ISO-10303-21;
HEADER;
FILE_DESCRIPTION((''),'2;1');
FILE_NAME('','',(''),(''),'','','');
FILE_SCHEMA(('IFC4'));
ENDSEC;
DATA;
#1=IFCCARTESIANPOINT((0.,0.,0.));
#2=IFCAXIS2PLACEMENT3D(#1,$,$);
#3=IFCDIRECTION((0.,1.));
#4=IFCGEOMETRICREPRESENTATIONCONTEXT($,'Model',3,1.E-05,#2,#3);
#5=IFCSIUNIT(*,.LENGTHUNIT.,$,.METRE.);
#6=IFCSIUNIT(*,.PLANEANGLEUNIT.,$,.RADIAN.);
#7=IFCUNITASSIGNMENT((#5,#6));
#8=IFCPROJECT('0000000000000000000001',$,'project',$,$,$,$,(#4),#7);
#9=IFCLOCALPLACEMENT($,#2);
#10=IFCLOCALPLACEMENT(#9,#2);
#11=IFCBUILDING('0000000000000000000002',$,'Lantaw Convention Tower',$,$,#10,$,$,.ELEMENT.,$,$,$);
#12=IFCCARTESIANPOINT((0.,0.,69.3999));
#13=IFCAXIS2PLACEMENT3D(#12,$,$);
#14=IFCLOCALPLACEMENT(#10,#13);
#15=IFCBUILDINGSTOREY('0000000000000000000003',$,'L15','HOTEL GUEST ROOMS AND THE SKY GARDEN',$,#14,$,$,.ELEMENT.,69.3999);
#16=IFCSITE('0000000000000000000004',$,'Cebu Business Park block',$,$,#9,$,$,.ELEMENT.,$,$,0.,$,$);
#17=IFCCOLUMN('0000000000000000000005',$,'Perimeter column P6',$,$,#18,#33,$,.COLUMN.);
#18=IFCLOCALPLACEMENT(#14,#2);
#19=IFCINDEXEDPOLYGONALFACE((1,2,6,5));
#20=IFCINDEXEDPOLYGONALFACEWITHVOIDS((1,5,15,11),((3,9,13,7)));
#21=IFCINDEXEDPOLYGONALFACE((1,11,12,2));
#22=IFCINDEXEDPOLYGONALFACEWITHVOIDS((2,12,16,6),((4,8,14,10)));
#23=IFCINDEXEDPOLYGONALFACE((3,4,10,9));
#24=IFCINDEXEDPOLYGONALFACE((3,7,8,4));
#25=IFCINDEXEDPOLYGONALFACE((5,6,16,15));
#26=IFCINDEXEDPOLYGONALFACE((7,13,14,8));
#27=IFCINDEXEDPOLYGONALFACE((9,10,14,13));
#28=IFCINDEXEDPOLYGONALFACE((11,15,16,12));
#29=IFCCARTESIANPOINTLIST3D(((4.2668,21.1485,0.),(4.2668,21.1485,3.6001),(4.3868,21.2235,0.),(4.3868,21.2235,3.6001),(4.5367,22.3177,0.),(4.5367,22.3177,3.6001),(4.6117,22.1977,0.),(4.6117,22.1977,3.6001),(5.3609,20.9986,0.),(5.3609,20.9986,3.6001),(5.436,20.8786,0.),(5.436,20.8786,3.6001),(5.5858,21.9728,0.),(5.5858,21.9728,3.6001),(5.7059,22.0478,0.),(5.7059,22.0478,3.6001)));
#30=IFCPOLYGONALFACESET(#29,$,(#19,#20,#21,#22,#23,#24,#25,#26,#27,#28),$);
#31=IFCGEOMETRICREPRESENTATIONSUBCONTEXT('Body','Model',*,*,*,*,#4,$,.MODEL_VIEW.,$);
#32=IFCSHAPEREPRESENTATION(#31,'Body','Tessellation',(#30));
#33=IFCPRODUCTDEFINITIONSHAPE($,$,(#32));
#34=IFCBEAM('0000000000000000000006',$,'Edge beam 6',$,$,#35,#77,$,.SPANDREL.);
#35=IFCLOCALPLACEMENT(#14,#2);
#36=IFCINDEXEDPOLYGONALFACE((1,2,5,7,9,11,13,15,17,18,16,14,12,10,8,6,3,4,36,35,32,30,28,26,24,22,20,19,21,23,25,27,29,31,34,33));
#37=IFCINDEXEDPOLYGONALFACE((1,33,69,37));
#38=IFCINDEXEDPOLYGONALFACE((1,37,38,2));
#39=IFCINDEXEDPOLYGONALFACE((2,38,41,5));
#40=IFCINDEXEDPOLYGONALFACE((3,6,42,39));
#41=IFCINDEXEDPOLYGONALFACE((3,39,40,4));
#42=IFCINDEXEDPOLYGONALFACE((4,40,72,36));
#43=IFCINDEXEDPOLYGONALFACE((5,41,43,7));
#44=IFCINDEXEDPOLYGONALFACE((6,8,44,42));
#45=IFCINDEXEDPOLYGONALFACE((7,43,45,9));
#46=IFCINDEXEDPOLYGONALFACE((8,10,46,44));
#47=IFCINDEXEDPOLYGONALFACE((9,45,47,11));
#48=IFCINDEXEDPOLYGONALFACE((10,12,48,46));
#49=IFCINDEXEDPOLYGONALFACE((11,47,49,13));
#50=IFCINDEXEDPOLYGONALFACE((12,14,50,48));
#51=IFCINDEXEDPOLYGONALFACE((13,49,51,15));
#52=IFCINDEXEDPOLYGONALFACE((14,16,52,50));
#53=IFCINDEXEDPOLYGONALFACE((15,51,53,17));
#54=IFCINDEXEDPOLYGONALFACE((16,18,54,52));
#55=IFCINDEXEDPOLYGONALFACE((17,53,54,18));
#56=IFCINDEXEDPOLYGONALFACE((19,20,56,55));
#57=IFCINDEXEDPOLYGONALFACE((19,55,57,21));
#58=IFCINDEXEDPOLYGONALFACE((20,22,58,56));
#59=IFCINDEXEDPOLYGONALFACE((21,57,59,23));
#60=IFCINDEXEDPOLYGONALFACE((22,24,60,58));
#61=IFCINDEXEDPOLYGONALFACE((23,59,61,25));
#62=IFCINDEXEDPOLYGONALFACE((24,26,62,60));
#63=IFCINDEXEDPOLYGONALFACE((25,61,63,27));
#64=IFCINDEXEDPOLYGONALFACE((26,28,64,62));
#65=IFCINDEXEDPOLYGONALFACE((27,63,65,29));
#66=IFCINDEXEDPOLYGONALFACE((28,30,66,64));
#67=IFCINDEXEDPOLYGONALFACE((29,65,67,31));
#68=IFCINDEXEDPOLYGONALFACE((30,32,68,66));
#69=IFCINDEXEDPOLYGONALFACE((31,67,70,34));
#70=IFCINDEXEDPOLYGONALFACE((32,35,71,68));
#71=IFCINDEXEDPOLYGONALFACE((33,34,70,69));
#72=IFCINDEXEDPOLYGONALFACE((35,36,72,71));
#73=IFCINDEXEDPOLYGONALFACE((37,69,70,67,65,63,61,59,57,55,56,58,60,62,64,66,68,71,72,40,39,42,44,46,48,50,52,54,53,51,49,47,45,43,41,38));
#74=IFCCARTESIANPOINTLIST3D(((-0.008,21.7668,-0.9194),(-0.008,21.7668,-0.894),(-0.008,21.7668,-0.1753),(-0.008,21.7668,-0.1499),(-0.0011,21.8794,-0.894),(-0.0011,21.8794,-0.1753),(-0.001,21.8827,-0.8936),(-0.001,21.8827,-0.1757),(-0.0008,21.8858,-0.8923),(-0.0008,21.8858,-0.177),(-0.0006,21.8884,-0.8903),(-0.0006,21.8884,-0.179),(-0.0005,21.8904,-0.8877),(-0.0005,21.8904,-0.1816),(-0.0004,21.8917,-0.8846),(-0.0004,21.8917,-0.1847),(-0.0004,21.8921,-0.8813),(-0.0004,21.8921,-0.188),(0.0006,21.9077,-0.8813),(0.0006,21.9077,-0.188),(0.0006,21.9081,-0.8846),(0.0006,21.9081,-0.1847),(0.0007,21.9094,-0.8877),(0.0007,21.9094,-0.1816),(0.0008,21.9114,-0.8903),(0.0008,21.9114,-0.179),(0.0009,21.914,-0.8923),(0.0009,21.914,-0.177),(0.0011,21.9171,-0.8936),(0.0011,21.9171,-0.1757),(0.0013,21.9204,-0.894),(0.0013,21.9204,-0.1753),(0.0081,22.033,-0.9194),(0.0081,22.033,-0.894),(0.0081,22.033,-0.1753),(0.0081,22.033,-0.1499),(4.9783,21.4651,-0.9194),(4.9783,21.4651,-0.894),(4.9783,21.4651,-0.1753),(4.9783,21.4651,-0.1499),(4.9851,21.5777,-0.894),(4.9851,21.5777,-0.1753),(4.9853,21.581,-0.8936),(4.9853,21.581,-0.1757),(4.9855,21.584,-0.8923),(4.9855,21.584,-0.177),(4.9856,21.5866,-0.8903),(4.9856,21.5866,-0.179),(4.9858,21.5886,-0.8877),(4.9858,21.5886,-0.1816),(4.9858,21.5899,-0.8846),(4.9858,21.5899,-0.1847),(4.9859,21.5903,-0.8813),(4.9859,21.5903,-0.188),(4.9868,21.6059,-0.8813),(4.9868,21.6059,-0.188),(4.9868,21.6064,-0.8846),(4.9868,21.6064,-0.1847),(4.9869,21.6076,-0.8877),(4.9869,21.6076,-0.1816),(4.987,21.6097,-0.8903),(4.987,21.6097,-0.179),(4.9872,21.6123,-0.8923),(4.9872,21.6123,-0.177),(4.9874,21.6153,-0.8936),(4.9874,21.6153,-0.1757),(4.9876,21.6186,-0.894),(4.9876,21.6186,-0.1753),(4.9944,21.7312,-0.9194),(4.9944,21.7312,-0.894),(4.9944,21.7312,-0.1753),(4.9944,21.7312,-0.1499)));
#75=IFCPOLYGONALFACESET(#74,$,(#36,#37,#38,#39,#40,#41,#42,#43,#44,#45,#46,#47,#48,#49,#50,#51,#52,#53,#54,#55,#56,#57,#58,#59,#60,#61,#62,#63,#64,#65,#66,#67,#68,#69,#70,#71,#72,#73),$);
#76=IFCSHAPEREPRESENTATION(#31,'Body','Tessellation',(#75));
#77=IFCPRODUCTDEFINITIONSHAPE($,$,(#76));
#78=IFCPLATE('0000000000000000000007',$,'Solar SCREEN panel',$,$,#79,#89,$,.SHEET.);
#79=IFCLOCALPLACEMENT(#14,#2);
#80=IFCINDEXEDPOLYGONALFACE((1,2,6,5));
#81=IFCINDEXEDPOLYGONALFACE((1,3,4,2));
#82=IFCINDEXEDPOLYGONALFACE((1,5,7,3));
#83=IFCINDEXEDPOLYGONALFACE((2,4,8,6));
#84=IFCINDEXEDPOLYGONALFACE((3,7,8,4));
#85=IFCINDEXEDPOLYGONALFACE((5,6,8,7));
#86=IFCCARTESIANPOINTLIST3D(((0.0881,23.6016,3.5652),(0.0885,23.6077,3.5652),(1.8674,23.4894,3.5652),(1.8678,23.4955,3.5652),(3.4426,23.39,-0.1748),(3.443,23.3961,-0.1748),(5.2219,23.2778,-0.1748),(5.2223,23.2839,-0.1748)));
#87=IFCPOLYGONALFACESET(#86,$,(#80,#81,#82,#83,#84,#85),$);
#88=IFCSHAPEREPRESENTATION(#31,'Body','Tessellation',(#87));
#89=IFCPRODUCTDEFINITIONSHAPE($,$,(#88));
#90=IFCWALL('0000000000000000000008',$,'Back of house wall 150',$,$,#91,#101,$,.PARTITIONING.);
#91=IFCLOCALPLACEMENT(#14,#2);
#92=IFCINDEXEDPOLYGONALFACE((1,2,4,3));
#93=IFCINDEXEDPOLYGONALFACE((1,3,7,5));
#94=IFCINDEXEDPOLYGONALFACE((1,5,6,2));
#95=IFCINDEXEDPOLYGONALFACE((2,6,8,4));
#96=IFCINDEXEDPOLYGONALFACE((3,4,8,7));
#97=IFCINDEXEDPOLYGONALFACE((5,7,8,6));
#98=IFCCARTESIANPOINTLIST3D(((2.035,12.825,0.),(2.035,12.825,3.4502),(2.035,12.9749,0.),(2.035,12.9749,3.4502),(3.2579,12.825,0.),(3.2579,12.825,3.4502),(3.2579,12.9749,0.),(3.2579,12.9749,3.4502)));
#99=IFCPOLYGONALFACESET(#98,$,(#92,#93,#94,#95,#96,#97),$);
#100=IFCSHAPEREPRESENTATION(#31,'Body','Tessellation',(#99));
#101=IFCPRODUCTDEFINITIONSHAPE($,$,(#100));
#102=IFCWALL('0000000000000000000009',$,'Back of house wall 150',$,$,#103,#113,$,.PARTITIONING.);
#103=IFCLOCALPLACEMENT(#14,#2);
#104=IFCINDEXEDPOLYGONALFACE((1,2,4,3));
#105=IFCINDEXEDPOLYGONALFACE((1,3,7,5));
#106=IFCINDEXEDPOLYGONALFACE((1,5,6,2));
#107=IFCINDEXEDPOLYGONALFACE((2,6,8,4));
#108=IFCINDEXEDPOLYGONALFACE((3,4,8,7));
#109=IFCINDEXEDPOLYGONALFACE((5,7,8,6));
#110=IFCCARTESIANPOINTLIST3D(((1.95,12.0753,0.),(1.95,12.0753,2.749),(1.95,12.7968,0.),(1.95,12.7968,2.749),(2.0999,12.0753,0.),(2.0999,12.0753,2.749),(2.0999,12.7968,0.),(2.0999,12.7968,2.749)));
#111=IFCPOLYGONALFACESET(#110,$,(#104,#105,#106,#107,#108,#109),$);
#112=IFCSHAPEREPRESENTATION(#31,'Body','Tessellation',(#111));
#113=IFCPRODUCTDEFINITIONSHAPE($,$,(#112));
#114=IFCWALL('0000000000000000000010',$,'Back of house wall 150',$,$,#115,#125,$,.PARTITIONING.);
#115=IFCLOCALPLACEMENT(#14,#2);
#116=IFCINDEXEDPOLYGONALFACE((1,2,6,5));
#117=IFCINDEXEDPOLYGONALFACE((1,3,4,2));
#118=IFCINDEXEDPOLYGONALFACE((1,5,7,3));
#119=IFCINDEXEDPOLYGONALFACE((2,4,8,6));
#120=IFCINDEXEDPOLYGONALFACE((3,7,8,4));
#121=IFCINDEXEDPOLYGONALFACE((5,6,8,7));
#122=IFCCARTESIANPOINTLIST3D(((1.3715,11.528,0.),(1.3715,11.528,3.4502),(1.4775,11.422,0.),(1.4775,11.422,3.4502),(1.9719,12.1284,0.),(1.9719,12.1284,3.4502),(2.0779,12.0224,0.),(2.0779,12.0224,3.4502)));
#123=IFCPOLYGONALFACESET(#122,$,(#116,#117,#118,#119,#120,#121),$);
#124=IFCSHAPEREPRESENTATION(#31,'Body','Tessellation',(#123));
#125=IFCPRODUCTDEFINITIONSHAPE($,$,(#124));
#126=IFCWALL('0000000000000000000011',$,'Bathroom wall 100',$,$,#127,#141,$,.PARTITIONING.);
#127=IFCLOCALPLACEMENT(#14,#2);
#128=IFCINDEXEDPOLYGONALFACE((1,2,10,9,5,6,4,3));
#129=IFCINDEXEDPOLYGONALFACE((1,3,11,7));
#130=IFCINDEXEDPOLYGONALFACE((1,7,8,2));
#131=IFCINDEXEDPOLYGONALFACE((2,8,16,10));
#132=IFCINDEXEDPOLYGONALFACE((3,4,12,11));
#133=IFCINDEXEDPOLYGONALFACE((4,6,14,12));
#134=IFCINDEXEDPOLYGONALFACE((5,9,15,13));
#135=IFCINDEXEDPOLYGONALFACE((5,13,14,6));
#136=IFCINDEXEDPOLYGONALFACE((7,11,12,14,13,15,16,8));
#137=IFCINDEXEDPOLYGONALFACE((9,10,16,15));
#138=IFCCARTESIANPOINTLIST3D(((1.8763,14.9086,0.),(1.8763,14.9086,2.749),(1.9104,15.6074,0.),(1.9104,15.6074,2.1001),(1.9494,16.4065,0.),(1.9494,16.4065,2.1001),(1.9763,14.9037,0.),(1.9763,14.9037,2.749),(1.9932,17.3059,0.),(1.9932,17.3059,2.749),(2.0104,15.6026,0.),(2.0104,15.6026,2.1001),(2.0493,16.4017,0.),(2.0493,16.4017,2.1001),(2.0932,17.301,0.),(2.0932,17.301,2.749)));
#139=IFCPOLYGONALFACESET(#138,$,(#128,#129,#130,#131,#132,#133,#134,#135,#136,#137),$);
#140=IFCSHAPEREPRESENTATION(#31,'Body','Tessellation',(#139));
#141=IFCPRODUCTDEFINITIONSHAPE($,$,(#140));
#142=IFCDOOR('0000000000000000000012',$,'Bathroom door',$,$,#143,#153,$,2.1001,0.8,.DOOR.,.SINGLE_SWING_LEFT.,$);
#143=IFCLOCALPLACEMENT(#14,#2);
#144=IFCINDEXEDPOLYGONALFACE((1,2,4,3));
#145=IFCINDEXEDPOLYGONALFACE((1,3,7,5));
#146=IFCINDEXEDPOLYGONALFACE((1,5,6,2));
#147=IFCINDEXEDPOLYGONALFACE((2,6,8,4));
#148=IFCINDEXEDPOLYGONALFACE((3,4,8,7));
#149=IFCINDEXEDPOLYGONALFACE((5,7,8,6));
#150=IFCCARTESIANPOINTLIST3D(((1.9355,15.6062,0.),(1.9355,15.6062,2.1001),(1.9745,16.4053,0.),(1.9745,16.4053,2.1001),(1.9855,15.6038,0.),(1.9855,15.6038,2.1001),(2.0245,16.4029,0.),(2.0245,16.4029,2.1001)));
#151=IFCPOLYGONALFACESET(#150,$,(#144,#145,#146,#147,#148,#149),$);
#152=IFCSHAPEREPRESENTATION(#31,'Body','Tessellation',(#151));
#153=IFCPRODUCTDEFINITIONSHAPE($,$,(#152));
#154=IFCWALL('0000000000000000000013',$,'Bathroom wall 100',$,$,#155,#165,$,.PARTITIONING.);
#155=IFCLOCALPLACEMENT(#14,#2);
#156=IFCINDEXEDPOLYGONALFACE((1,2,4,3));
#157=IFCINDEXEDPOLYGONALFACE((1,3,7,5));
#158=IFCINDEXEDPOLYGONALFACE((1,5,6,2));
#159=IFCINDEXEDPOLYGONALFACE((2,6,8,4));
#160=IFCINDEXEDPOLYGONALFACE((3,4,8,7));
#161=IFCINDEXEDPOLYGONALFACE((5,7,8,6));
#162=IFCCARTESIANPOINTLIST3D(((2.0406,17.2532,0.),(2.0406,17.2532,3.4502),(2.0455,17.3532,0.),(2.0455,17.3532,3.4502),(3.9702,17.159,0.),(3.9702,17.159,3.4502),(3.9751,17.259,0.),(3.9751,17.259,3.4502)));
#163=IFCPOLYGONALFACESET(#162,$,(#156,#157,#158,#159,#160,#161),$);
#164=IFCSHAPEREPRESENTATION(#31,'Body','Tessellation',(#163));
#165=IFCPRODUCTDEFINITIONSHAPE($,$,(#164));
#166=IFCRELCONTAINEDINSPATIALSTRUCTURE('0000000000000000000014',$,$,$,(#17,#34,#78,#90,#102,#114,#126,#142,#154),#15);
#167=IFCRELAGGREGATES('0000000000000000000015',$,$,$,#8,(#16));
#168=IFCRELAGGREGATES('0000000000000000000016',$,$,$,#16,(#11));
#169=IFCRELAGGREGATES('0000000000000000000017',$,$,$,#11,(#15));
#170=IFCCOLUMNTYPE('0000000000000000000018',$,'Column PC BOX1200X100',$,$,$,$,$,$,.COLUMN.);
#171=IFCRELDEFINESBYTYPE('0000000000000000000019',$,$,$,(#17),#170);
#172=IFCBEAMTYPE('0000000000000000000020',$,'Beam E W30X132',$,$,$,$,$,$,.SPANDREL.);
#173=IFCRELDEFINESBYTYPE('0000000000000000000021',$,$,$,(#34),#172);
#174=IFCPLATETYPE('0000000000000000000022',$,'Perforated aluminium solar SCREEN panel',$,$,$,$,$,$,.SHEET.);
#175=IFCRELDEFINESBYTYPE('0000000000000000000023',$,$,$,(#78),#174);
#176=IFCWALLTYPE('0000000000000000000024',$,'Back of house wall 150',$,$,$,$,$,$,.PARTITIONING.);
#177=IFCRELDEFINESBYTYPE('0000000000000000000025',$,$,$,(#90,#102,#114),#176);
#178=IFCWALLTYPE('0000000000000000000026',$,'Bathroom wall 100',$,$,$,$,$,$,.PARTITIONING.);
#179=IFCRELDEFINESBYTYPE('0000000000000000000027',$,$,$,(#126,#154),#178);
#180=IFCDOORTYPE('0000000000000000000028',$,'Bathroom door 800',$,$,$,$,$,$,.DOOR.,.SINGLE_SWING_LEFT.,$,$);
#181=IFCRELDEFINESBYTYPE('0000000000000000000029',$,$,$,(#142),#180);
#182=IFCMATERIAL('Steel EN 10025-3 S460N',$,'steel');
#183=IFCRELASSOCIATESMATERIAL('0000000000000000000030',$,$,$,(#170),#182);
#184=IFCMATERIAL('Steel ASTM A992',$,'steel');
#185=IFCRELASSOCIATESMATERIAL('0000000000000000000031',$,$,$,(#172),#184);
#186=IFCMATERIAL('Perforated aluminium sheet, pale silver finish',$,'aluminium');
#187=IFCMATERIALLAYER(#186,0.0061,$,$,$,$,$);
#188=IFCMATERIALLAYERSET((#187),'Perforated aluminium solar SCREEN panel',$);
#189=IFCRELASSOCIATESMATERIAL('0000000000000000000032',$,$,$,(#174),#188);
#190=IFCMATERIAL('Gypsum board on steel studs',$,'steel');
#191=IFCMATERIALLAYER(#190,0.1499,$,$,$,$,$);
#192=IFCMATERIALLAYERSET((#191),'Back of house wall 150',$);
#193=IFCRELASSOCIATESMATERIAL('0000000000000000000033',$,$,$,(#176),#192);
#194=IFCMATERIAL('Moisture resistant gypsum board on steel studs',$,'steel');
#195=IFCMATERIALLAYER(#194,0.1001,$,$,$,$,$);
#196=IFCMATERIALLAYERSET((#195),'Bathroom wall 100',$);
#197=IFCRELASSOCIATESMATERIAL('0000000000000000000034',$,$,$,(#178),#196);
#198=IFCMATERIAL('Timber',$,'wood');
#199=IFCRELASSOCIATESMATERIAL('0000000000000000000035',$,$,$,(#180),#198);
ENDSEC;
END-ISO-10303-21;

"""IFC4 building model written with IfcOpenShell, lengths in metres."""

from ifc_helpers import new_model, si_unit, direction, frame, frame_2d, origin, origin_2d, place, context, subcontext, project, spatial, polyline, rectangle, hollow_rectangle, i_section, outline, extrude, material, layer, layer_set, material_profile, profile_set, type_object, element, fill, save


model = new_model("IFC4")

# Units and contexts
model_context = context("Model", 3, precision=1e-05, world=origin(), true_north=direction((0.0, 1.0)))
body_context = subcontext(model_context, "Body", "Model", "MODEL_VIEW")
ifc_project = project(units=[si_unit("LENGTHUNIT", "METRE"), si_unit("PLANEANGLEUNIT", "RADIAN")], contexts=[model_context])

# Site, building, storey
site_placement = place(None, origin())
site = spatial("IfcSite", under=ifc_project, at=site_placement, Name="Cebu Business Park block", CompositionType="ELEMENT", RefElevation=0.0)
building_placement = place(site_placement, origin())
building = spatial("IfcBuilding", under=site, at=building_placement, Name="Lantaw Convention Tower", CompositionType="ELEMENT")
storey_placement = place(building_placement, frame((0.0, 0.0, 69.3999)))
storey = spatial("IfcBuildingStorey", under=building, at=storey_placement, Name="L15", Description="HOTEL GUEST ROOMS AND THE SKY GARDEN", CompositionType="ELEMENT", Elevation=69.3999)

# Column
ifc_material_1 = material(Name="Steel EN 10025-3 S460N", Category="steel")
ifc_material_profile_1 = material_profile(ifc_material_1, hollow_rectangle(XDim=1.2, YDim=1.2, WallThickness=0.1001, at=origin_2d()), Name="BOX1200X100")
ifc_material_2 = material(Name="Concrete C60/75", Category="concrete")
ifc_material_profile_2 = material_profile(ifc_material_2, rectangle(XDim=1.0, YDim=1.0, at=origin_2d()), Name="Concrete fill of BOX1200X100")
ifc_profile_set_1 = profile_set([ifc_material_profile_1, ifc_material_profile_2], Name="Steel EN 10025-3 S460N")
column_type = type_object("IfcColumnType", Name="Column PC BOX1200X100", PredefinedType="COLUMN", material=ifc_profile_set_1)
column_placement = place(storey_placement, frame((4.9863, 21.5981, 0.0), z_axis=(0.0, 0.0, 1.0), x_axis=(0.224951, 0.97437, 0.0)))
element("IfcColumn", 1, at=column_placement, inside=storey, type_object=column_type, Name="Perimeter column P6", PredefinedType="COLUMN", context=body_context, shape_type="SweptSolid", body=[
    extrude(hollow_rectangle(XDim=1.2, YDim=1.2, WallThickness=0.1001, at=origin_2d()), origin(), (0.0, 0.0, 1.0), 3.6001),
])

# Beam
ifc_material_3 = material(Name="Steel ASTM A992", Category="steel")
ifc_material_profile_3 = material_profile(ifc_material_3, i_section(OverallWidth=0.2666, OverallDepth=0.7695, WebThickness=0.0156, FlangeThickness=0.0254, FilletRadius=0.0127, at=origin_2d()), Name="W30X132")
ifc_profile_set_2 = profile_set([ifc_material_profile_3], Name="Steel ASTM A992")
beam_type = type_object("IfcBeamType", Name="Beam E W30X132", PredefinedType="SPANDREL", material=ifc_profile_set_2)
beam_placement = place(storey_placement, frame((4.9863, 21.5981, -0.5347), z_axis=(-0.998174, 0.060407, 0.0), x_axis=(-0.060407, -0.998174, 0.0)))
element("IfcBeam", 2, at=beam_placement, inside=storey, type_object=beam_type, Name="Edge beam 6", PredefinedType="SPANDREL", context=body_context, shape_type="SweptSolid", body=[
    extrude(i_section(OverallWidth=0.2666, OverallDepth=0.7695, WebThickness=0.0156, FlangeThickness=0.0254, FilletRadius=0.0127, at=origin_2d()), origin(), (0.0, 0.0, 1.0), 4.9954),
])

# Plate
ifc_material_4 = material(Name="Perforated aluminium sheet, pale silver finish", Category="aluminium")
ifc_layer_1 = layer(ifc_material_4, 0.0061)
ifc_layer_set_1 = layer_set([ifc_layer_1], Name="Perforated aluminium solar SCREEN panel")
plate_type = type_object("IfcPlateType", Name="Perforated aluminium solar SCREEN panel", PredefinedType="SHEET", material=ifc_layer_set_1)
plate_placement = place(storey_placement, frame((5.2219, 23.2778, -0.1748), z_axis=(-0.062924, -0.998018, 0.000014), x_axis=(-0.998018, 0.062924, 0.0)))
element("IfcPlate", 3, at=plate_placement, inside=storey, type_object=plate_type, Name="Solar SCREEN panel", PredefinedType="SHEET", context=body_context, shape_type="SweptSolid", body=[
    extrude(outline(polyline([(0.0, 0.0), (1.7828, 0.0), (5.144, -3.74), (3.3612, -3.74), (0.0, 0.0)])), origin(), (0.0, 0.0, -1.0), 0.0061),
])

# Walls
ifc_material_5 = material(Name="Gypsum board on steel studs", Category="steel")
ifc_layer_2 = layer(ifc_material_5, 0.1499)
ifc_layer_set_2 = layer_set([ifc_layer_2], Name="Back of house wall 150")
wall_type_1 = type_object("IfcWallType", Name="Back of house wall 150", PredefinedType="PARTITIONING", material=ifc_layer_set_2)
wall_1_placement = place(storey_placement, frame((3.2578, 12.8999, 0.0), z_axis=(0.0, 0.0, 1.0), x_axis=(-1.0, 0.0, 0.0)))
element("IfcWall", 4, at=wall_1_placement, inside=storey, type_object=wall_type_1, Name="Back of house wall 150", PredefinedType="PARTITIONING", context=body_context, shape_type="SweptSolid", body=[
    extrude(rectangle(XDim=1.2229, YDim=0.1499, at=frame_2d((0.6113, 0.0))), origin(), (0.0, 0.0, 1.0), 3.4502),
])
wall_2_placement = place(storey_placement, frame((2.0249, 12.7969, 0.0), z_axis=(0.0, 0.0, 1.0), x_axis=(0.0, -1.0, 0.0)))
element("IfcWall", 5, at=wall_2_placement, inside=storey, type_object=wall_type_1, Name="Back of house wall 150", PredefinedType="PARTITIONING", context=body_context, shape_type="SweptSolid", body=[
    extrude(rectangle(XDim=0.7214, YDim=0.1499, at=frame_2d((0.3608, 0.0))), origin(), (0.0, 0.0, 1.0), 2.749),
])
wall_3_placement = place(storey_placement, frame((2.0249, 12.0754, 0.0), z_axis=(0.0, 0.0, 1.0), x_axis=(-0.707107, -0.707107, 0.0)))
element("IfcWall", 6, at=wall_3_placement, inside=storey, type_object=wall_type_1, Name="Back of house wall 150", PredefinedType="PARTITIONING", context=body_context, shape_type="SweptSolid", body=[
    extrude(rectangle(XDim=0.8491, YDim=0.1499, at=frame_2d((0.4246, 0.0))), origin(), (0.0, 0.0, 1.0), 3.4502),
])

# Wall, opening, door
ifc_material_6 = material(Name="Moisture resistant gypsum board on steel studs", Category="steel")
ifc_layer_3 = layer(ifc_material_6, 0.1001)
ifc_layer_set_3 = layer_set([ifc_layer_3], Name="Bathroom wall 100")
wall_type_2 = type_object("IfcWallType", Name="Bathroom wall 100", PredefinedType="PARTITIONING", material=ifc_layer_set_3)
wall_4_placement = place(storey_placement, frame((1.9263, 14.906, 0.0), z_axis=(0.0, 0.0, 1.0), x_axis=(0.048725, 0.998812, 0.0)))
wall_4 = element("IfcWall", 7, at=wall_4_placement, inside=storey, type_object=wall_type_2, Name="Bathroom wall 100", PredefinedType="PARTITIONING", context=body_context, shape_type="SweptSolid", body=[
    extrude(rectangle(XDim=2.4001, YDim=0.1001, at=frame_2d((1.2002, 0.0))), origin(), (0.0, 0.0, 1.0), 2.749),
])
opening_1_placement = place(wall_4_placement, frame((0.7, 0.0, 0.0)))
opening_1 = element("IfcOpeningElement", 8, at=opening_1_placement, cuts=wall_4, PredefinedType="OPENING", context=body_context, shape_type="SweptSolid", body=[
    extrude(rectangle(XDim=0.8, YDim=2.1001, at=frame_2d((0.3999, 1.05))), frame((0.0, 0.0601, 0.0), z_axis=(0.0, -1.0, 0.0), x_axis=(1.0, 0.0, 0.0)), (0.0, 0.0, 1.0), 0.1201),
])
ifc_material_7 = material(Name="Timber", Category="wood")
door_type_1 = type_object("IfcDoorType", Name="Bathroom door 800", OperationType="SINGLE_SWING_LEFT", PredefinedType="DOOR", material=ifc_material_7)
door_1_placement = place(opening_1_placement, origin())
door_1 = element("IfcDoor", 9, at=door_1_placement, inside=storey, type_object=door_type_1, Name="Bathroom door", OperationType="SINGLE_SWING_LEFT", OverallHeight=2.1001, OverallWidth=0.8, PredefinedType="DOOR", context=body_context, shape_type="SweptSolid", body=[
    extrude(rectangle(XDim=0.8, YDim=2.1001, at=frame_2d((0.3999, 1.05))), frame((0.0, 0.0249, 0.0), z_axis=(0.0, -1.0, 0.0), x_axis=(1.0, 0.0, 0.0)), (0.0, 0.0, 1.0), 0.05),
])
fill(opening_1, door_1)

# Wall
wall_5_placement = place(storey_placement, frame((2.0432, 17.3032, 0.0), z_axis=(0.0, 0.0, 1.0), x_axis=(0.99881, -0.048778, 0.0)))
element("IfcWall", 10, at=wall_5_placement, inside=storey, type_object=wall_type_2, Name="Bathroom wall 100", PredefinedType="PARTITIONING", context=body_context, shape_type="SweptSolid", body=[
    extrude(rectangle(XDim=1.9319, YDim=0.1001, at=frame_2d((0.9658, 0.0))), origin(), (0.0, 0.0, 1.0), 3.4502),
])

save(model, "model.ifc")
